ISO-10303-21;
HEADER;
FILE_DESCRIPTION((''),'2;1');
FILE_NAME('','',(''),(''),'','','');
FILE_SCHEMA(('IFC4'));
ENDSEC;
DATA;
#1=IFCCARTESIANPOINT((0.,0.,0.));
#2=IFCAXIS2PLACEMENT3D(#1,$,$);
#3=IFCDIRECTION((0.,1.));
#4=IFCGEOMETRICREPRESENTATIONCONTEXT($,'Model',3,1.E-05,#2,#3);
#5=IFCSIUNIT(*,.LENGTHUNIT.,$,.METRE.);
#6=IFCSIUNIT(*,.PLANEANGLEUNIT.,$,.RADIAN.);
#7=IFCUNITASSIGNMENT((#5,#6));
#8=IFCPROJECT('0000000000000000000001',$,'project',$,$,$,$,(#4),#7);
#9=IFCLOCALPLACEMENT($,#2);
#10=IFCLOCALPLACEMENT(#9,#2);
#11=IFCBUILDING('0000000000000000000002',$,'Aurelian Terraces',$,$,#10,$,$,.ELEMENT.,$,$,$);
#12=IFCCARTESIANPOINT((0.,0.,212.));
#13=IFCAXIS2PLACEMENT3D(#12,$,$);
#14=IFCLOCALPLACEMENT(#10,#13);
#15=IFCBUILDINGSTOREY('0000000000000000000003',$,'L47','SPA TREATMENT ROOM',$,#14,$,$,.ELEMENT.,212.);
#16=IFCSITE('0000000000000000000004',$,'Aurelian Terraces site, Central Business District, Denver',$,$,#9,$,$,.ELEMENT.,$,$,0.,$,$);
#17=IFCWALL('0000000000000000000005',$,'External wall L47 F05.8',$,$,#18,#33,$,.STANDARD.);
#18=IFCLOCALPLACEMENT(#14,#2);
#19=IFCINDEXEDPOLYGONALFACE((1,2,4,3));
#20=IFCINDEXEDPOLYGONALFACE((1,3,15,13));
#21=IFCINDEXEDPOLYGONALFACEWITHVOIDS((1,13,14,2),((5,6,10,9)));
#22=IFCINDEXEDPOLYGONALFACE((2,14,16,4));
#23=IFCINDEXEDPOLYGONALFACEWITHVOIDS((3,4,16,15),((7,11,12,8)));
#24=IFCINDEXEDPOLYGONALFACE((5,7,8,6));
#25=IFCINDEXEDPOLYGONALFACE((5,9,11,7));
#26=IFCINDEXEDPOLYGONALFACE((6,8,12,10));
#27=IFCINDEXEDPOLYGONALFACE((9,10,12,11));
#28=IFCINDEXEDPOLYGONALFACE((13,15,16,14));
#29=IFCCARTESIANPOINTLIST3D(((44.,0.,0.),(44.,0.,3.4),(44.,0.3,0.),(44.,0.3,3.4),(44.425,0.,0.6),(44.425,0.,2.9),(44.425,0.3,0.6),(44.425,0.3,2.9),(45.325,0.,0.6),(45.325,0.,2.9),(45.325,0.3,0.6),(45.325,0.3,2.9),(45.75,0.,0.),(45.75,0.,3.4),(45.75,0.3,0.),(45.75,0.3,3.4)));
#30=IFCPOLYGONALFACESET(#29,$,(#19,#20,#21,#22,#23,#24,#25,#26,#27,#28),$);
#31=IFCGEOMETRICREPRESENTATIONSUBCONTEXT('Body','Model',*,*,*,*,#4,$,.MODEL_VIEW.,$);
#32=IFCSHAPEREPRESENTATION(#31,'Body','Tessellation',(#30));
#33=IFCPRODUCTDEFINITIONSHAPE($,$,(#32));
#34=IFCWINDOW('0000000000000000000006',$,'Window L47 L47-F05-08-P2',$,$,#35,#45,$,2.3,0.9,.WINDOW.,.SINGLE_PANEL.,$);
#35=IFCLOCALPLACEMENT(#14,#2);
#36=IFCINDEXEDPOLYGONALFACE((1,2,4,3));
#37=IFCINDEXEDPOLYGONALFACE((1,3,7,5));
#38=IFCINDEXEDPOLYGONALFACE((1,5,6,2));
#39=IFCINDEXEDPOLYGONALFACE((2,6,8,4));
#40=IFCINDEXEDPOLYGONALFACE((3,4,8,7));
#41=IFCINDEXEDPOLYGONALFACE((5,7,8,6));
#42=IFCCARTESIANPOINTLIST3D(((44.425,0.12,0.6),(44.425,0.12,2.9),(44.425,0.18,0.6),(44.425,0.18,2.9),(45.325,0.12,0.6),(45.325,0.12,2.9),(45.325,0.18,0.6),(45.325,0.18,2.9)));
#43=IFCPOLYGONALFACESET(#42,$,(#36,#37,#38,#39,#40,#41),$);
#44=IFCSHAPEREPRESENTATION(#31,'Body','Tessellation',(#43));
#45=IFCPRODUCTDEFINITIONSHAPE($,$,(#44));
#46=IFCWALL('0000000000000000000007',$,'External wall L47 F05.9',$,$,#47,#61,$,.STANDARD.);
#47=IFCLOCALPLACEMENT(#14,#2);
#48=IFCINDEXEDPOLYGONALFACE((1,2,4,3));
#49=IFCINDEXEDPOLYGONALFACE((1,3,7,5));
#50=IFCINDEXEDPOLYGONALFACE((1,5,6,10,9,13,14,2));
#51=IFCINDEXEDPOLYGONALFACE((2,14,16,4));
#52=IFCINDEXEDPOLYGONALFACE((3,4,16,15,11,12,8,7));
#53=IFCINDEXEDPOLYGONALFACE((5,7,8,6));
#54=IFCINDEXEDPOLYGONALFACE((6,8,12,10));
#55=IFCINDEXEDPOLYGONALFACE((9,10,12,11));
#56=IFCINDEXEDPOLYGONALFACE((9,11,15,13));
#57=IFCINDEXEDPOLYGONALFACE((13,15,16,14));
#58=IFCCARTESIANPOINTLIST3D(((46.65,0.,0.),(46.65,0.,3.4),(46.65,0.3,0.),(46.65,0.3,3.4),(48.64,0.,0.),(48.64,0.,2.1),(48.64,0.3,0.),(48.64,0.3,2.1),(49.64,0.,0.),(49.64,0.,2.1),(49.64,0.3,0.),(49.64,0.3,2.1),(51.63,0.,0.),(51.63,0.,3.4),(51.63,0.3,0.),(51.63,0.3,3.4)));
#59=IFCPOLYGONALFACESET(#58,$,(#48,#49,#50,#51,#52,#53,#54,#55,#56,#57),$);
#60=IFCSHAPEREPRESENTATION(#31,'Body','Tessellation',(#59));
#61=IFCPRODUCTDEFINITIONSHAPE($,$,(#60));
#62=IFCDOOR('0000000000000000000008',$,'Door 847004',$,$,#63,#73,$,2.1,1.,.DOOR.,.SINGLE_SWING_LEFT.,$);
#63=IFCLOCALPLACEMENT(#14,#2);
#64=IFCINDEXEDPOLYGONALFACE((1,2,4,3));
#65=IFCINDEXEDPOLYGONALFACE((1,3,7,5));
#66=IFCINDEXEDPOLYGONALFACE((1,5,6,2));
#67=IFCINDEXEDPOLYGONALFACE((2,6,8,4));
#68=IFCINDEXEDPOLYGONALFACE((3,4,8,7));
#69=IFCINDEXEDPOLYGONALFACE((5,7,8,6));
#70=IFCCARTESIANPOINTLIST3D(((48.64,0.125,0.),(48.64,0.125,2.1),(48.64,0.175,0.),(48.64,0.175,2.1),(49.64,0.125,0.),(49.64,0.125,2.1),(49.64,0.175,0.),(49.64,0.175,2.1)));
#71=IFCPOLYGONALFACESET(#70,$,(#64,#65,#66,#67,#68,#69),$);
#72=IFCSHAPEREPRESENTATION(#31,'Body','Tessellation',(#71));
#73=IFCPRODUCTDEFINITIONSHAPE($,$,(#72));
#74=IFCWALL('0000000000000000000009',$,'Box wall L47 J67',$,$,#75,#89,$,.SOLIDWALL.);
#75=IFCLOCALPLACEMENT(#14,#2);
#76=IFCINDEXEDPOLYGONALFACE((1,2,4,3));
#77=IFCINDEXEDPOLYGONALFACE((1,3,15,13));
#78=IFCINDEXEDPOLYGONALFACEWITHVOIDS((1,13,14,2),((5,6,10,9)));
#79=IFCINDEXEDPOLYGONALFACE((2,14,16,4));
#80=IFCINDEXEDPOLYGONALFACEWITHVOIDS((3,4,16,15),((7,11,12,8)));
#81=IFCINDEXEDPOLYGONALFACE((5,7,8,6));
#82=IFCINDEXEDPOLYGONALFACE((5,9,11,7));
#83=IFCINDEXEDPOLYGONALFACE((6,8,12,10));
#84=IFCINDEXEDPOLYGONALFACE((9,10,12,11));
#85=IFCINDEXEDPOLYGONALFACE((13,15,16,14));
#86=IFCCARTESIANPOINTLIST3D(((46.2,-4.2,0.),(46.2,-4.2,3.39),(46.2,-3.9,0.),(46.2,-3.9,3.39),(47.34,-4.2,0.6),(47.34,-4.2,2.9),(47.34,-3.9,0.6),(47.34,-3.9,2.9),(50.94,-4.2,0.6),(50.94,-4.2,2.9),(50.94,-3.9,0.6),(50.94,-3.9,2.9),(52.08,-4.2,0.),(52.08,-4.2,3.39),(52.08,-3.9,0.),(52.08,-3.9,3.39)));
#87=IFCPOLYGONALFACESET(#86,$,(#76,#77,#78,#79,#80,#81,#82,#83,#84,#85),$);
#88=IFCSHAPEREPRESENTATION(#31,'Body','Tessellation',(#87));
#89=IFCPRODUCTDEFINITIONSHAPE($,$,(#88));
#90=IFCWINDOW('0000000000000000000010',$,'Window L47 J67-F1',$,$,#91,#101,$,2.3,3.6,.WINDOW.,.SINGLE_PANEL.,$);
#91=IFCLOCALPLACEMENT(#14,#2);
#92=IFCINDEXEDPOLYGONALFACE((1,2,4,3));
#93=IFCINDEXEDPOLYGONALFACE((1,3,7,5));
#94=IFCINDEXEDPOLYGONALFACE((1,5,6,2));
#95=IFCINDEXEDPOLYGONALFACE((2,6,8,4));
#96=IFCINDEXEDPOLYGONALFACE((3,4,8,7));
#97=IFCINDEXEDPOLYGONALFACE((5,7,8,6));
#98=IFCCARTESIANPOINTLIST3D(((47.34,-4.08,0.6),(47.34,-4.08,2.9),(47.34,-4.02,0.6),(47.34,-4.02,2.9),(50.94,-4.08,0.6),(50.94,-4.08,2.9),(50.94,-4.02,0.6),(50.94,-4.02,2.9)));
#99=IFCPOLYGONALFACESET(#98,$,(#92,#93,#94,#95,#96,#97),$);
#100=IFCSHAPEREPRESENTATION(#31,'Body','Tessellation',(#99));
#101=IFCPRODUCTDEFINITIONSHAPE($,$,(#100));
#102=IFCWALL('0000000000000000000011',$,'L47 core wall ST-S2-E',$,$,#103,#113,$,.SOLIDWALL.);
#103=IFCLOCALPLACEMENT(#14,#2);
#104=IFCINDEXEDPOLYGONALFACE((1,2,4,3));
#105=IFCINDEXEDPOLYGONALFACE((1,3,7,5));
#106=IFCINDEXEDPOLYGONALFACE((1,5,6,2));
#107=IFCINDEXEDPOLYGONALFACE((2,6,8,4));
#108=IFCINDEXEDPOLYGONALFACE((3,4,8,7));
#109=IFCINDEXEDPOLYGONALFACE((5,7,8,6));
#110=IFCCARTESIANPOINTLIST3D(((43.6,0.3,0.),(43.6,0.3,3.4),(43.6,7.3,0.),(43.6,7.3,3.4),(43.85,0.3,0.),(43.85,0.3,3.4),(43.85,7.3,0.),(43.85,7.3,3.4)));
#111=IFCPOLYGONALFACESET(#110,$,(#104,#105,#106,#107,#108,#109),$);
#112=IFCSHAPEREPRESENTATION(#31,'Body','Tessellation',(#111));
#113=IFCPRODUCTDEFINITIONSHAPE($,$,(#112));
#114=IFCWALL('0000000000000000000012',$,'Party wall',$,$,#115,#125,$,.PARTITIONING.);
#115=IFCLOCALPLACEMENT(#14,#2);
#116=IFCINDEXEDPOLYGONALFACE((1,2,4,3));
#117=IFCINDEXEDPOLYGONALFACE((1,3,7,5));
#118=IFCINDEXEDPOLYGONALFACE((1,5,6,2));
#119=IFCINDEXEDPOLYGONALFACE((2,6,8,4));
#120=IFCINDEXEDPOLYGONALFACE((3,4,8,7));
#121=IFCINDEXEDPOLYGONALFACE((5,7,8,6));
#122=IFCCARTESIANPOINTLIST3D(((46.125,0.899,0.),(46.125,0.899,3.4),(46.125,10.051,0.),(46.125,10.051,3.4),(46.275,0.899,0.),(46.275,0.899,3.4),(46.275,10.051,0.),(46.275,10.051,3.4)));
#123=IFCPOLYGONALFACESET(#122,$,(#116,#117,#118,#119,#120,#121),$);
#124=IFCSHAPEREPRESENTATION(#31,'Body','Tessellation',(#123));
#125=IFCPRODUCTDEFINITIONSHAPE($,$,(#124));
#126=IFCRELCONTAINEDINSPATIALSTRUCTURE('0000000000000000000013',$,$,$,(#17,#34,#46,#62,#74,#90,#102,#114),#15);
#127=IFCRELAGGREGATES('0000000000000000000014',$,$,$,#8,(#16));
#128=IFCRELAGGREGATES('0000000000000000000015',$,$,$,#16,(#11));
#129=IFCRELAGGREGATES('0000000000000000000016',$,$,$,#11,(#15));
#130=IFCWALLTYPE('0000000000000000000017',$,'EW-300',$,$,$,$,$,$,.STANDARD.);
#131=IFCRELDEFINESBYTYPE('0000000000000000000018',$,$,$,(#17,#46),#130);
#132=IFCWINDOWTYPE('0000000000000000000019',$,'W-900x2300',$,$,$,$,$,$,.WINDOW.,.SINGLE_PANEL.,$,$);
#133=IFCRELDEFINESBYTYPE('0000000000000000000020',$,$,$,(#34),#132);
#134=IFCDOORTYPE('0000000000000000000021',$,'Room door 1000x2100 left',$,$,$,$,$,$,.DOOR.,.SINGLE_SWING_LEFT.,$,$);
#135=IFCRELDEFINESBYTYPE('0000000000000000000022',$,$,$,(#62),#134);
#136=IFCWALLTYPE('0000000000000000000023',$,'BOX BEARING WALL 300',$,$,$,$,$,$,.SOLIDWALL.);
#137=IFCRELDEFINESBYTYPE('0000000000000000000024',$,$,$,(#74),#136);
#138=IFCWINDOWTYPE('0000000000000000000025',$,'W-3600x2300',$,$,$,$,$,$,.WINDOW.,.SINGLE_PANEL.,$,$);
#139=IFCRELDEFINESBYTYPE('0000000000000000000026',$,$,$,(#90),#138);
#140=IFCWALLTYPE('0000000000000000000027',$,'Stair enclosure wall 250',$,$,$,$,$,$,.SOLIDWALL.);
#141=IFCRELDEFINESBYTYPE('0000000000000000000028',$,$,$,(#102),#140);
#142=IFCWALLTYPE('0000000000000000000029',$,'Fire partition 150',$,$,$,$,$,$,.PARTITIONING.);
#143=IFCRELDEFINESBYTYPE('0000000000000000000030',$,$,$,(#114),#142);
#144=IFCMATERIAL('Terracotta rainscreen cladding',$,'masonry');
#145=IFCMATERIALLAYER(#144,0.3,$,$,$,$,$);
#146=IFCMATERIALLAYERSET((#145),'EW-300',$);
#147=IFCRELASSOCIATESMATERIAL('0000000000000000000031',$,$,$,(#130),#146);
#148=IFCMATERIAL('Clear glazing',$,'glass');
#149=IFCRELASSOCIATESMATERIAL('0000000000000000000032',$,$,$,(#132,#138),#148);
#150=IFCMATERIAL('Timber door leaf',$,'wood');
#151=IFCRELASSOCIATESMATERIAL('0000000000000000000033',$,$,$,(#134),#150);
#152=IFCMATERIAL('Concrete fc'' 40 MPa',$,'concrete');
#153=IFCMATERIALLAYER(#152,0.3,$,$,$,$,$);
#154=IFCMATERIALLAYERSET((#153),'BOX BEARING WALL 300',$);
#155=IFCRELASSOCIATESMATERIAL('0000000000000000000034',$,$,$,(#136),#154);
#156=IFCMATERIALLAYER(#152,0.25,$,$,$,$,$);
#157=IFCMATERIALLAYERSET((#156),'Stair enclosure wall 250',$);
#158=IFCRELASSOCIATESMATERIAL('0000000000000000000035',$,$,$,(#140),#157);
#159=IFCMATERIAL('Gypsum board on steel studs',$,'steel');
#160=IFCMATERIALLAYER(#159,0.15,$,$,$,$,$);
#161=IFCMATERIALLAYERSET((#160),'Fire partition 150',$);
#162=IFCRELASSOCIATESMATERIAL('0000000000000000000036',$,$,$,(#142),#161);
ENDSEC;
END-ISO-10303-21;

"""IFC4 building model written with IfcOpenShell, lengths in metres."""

from ifc_helpers import new_model, si_unit, direction, frame, frame_2d, origin, place, context, subcontext, project, spatial, rectangle, extrude, source, transform, mapped, material, layer, layer_set, type_object, element, fill, save


model = new_model("IFC4")

# Units and contexts
model_context = context("Model", 3, precision=1e-05, world=origin(), true_north=direction((0.0, 1.0)))
body_context = subcontext(model_context, "Body", "Model", "MODEL_VIEW")
ifc_project = project(units=[si_unit("LENGTHUNIT", "METRE"), si_unit("PLANEANGLEUNIT", "RADIAN")], contexts=[model_context])

# Site, building, storey
site_placement = place(None, origin())
site = spatial("IfcSite", under=ifc_project, at=site_placement, Name="Aurelian Terraces site, Central Business District, Denver", CompositionType="ELEMENT", RefElevation=0.0)
building_placement = place(site_placement, origin())
building = spatial("IfcBuilding", under=site, at=building_placement, Name="Aurelian Terraces", CompositionType="ELEMENT")
storey_placement = place(building_placement, frame((0.0, 0.0, 212.0)))
storey = spatial("IfcBuildingStorey", under=building, at=storey_placement, Name="L47", Description="SPA TREATMENT ROOM", CompositionType="ELEMENT", Elevation=212.0)

# Wall, opening, window
ifc_material_1 = material(Name="Terracotta rainscreen cladding", Category="masonry")
ifc_layer_1 = layer(ifc_material_1, 0.3)
ifc_layer_set_1 = layer_set([ifc_layer_1], Name="EW-300")
wall_type_1 = type_object("IfcWallType", Name="EW-300", PredefinedType="STANDARD", material=ifc_layer_set_1)
ifc_material_2 = material(Name="Clear glazing", Category="glass")
ifc_material_3 = material(Name="Concrete fc' 40 MPa", Category="concrete")
shared_shape_1 = source(origin(), body_context, "Body", "SweptSolid", [
    extrude(rectangle(XDim=1.75, YDim=0.3, at=frame_2d((0.875, 0.0))), origin(), (0.0, 0.0, 1.0), 3.4),
])
wall_1_placement = place(storey_placement, frame((44.0, 0.15, 0.0), z_axis=(0.0, 0.0, 1.0), x_axis=(1.0, 0.0, 0.0)))
wall_1 = element("IfcWall", 1, at=wall_1_placement, inside=storey, type_object=wall_type_1, Name="External wall L47 F05.8", PredefinedType="STANDARD", context=body_context, shape_type="MappedRepresentation", body=[
    mapped(shared_shape_1, transform((0.0, 0.0, 0.0), scale=1.0)),
])
shared_shape_2 = source(origin(), body_context, "Body", "SweptSolid", [
    extrude(rectangle(XDim=0.9, YDim=2.3, at=frame_2d((0.45, 1.15))), frame((0.0, 0.16, 0.0), z_axis=(0.0, -1.0, 0.0), x_axis=(1.0, 0.0, 0.0)), (0.0, 0.0, 1.0), 0.32),
])
opening_1_placement = place(wall_1_placement, frame((0.425, 0.0, 0.6)))
opening_1 = element("IfcOpeningElement", 2, at=opening_1_placement, cuts=wall_1, PredefinedType="OPENING", context=body_context, shape_type="MappedRepresentation", body=[
    mapped(shared_shape_2, transform((0.0, 0.0, 0.0), scale=1.0)),
])
window_type_1 = type_object("IfcWindowType", Name="W-900x2300", PartitioningType="SINGLE_PANEL", PredefinedType="WINDOW", material=ifc_material_2)
shared_shape_3 = source(origin(), body_context, "Body", "SweptSolid", [
    extrude(rectangle(XDim=0.9, YDim=2.3, at=frame_2d((0.45, 1.15))), frame((0.0, 0.03, 0.0), z_axis=(0.0, -1.0, 0.0), x_axis=(1.0, 0.0, 0.0)), (0.0, 0.0, 1.0), 0.06),
])
window_1_placement = place(opening_1_placement, origin())
window_1 = element("IfcWindow", 3, at=window_1_placement, inside=storey, type_object=window_type_1, Name="Window L47 L47-F05-08-P2", OverallHeight=2.3, OverallWidth=0.9, PartitioningType="SINGLE_PANEL", PredefinedType="WINDOW", context=body_context, shape_type="MappedRepresentation", body=[
    mapped(shared_shape_3, transform((0.0, 0.0, 0.0), scale=1.0)),
])
fill(opening_1, window_1)

# Wall, opening, door
shared_shape_4 = source(origin(), body_context, "Body", "SweptSolid", [
    extrude(rectangle(XDim=4.98, YDim=0.3, at=frame_2d((2.49, 0.0))), origin(), (0.0, 0.0, 1.0), 3.4),
])
wall_2_placement = place(storey_placement, frame((46.65, 0.15, 0.0), z_axis=(0.0, 0.0, 1.0), x_axis=(1.0, 0.0, 0.0)))
wall_2 = element("IfcWall", 4, at=wall_2_placement, inside=storey, type_object=wall_type_1, Name="External wall L47 F05.9", PredefinedType="STANDARD", context=body_context, shape_type="MappedRepresentation", body=[
    mapped(shared_shape_4, transform((0.0, 0.0, 0.0), scale=1.0)),
])
shared_shape_5 = source(origin(), body_context, "Body", "SweptSolid", [
    extrude(rectangle(XDim=1.0, YDim=2.1, at=frame_2d((0.5, 1.05))), frame((0.0, 0.16, 0.0), z_axis=(0.0, -1.0, 0.0), x_axis=(1.0, 0.0, 0.0)), (0.0, 0.0, 1.0), 0.32),
])
opening_2_placement = place(wall_2_placement, frame((1.99, 0.0, 0.0)))
opening_2 = element("IfcOpeningElement", 5, at=opening_2_placement, cuts=wall_2, PredefinedType="OPENING", context=body_context, shape_type="MappedRepresentation", body=[
    mapped(shared_shape_5, transform((0.0, 0.0, 0.0), scale=1.0)),
])
ifc_material_4 = material(Name="Timber door leaf", Category="wood")
door_type = type_object("IfcDoorType", Name="Room door 1000x2100 left", OperationType="SINGLE_SWING_LEFT", PredefinedType="DOOR", material=ifc_material_4)
shared_shape_6 = source(origin(), body_context, "Body", "SweptSolid", [
    extrude(rectangle(XDim=1.0, YDim=2.1, at=frame_2d((0.5, 1.05))), frame((0.0, 0.025, 0.0), z_axis=(0.0, -1.0, 0.0), x_axis=(1.0, 0.0, 0.0)), (0.0, 0.0, 1.0), 0.05),
])
door_1_placement = place(opening_2_placement, origin())
door_1 = element("IfcDoor", 6, at=door_1_placement, inside=storey, type_object=door_type, Name="Door 847004", OperationType="SINGLE_SWING_LEFT", OverallHeight=2.1, OverallWidth=1.0, PredefinedType="DOOR", context=body_context, shape_type="MappedRepresentation", body=[
    mapped(shared_shape_6, transform((0.0, 0.0, 0.0), scale=1.0)),
])
fill(opening_2, door_1)

# Wall, opening, window
ifc_layer_2 = layer(ifc_material_3, 0.3)
ifc_layer_set_2 = layer_set([ifc_layer_2], Name="BOX BEARING WALL 300")
wall_type_2 = type_object("IfcWallType", Name="BOX BEARING WALL 300", PredefinedType="SOLIDWALL", material=ifc_layer_set_2)
shared_shape_7 = source(origin(), body_context, "Body", "SweptSolid", [
    extrude(rectangle(XDim=5.88, YDim=0.3, at=frame_2d((2.94, 0.0))), origin(), (0.0, 0.0, 1.0), 3.39),
])
wall_3_placement = place(storey_placement, frame((46.2, -4.05, 0.0), z_axis=(0.0, 0.0, 1.0), x_axis=(1.0, 0.0, 0.0)))
wall_3 = element("IfcWall", 7, at=wall_3_placement, inside=storey, type_object=wall_type_2, Name="Box wall L47 J67", PredefinedType="SOLIDWALL", context=body_context, shape_type="MappedRepresentation", body=[
    mapped(shared_shape_7, transform((0.0, 0.0, 0.0), scale=1.0)),
])
shared_shape_8 = source(origin(), body_context, "Body", "SweptSolid", [
    extrude(rectangle(XDim=3.6, YDim=2.3, at=frame_2d((1.8, 1.15))), frame((0.0, 0.16, 0.0), z_axis=(0.0, -1.0, 0.0), x_axis=(1.0, 0.0, 0.0)), (0.0, 0.0, 1.0), 0.32),
])
opening_3_placement = place(wall_3_placement, frame((1.14, 0.0, 0.6)))
opening_3 = element("IfcOpeningElement", 8, at=opening_3_placement, cuts=wall_3, PredefinedType="OPENING", context=body_context, shape_type="MappedRepresentation", body=[
    mapped(shared_shape_8, transform((0.0, 0.0, 0.0), scale=1.0)),
])
window_type_2 = type_object("IfcWindowType", Name="W-3600x2300", PartitioningType="SINGLE_PANEL", PredefinedType="WINDOW", material=ifc_material_2)
shared_shape_9 = source(origin(), body_context, "Body", "SweptSolid", [
    extrude(rectangle(XDim=3.6, YDim=2.3, at=frame_2d((1.8, 1.15))), frame((0.0, 0.03, 0.0), z_axis=(0.0, -1.0, 0.0), x_axis=(1.0, 0.0, 0.0)), (0.0, 0.0, 1.0), 0.06),
])
window_2_placement = place(opening_3_placement, origin())
window_2 = element("IfcWindow", 9, at=window_2_placement, inside=storey, type_object=window_type_2, Name="Window L47 J67-F1", OverallHeight=2.3, OverallWidth=3.6, PartitioningType="SINGLE_PANEL", PredefinedType="WINDOW", context=body_context, shape_type="MappedRepresentation", body=[
    mapped(shared_shape_9, transform((0.0, 0.0, 0.0), scale=1.0)),
])
fill(opening_3, window_2)

# Walls
ifc_layer_3 = layer(ifc_material_3, 0.25)
ifc_layer_set_3 = layer_set([ifc_layer_3], Name="Stair enclosure wall 250")
wall_type_3 = type_object("IfcWallType", Name="Stair enclosure wall 250", PredefinedType="SOLIDWALL", material=ifc_layer_set_3)
shared_shape_10 = source(origin(), body_context, "Body", "SweptSolid", [
    extrude(rectangle(XDim=7.0, YDim=0.25, at=frame_2d((3.5, 0.0))), origin(), (0.0, 0.0, 1.0), 3.4),
])
wall_4_placement = place(storey_placement, frame((43.725, 0.3, 0.0), z_axis=(0.0, 0.0, 1.0), x_axis=(0.0, 1.0, 0.0)))
element("IfcWall", 10, at=wall_4_placement, inside=storey, type_object=wall_type_3, Name="L47 core wall ST-S2-E", PredefinedType="SOLIDWALL", context=body_context, shape_type="MappedRepresentation", body=[
    mapped(shared_shape_10, transform((0.0, 0.0, 0.0), scale=1.0)),
])
ifc_material_5 = material(Name="Gypsum board on steel studs", Category="steel")
ifc_layer_4 = layer(ifc_material_5, 0.15)
ifc_layer_set_4 = layer_set([ifc_layer_4], Name="Fire partition 150")
wall_type_4 = type_object("IfcWallType", Name="Fire partition 150", PredefinedType="PARTITIONING", material=ifc_layer_set_4)
shared_shape_11 = source(origin(), body_context, "Body", "SweptSolid", [
    extrude(rectangle(XDim=9.152, YDim=0.15, at=frame_2d((4.576, 0.0))), origin(), (0.0, 0.0, 1.0), 3.4),
])
wall_5_placement = place(storey_placement, frame((46.2, 0.899, 0.0), z_axis=(0.0, 0.0, 1.0), x_axis=(0.0, 1.0, 0.0)))
element("IfcWall", 11, at=wall_5_placement, inside=storey, type_object=wall_type_4, Name="Party wall", PredefinedType="PARTITIONING", context=body_context, shape_type="MappedRepresentation", body=[
    mapped(shared_shape_11, transform((0.0, 0.0, 0.0), scale=1.0)),
])

save(model, "model.ifc")
